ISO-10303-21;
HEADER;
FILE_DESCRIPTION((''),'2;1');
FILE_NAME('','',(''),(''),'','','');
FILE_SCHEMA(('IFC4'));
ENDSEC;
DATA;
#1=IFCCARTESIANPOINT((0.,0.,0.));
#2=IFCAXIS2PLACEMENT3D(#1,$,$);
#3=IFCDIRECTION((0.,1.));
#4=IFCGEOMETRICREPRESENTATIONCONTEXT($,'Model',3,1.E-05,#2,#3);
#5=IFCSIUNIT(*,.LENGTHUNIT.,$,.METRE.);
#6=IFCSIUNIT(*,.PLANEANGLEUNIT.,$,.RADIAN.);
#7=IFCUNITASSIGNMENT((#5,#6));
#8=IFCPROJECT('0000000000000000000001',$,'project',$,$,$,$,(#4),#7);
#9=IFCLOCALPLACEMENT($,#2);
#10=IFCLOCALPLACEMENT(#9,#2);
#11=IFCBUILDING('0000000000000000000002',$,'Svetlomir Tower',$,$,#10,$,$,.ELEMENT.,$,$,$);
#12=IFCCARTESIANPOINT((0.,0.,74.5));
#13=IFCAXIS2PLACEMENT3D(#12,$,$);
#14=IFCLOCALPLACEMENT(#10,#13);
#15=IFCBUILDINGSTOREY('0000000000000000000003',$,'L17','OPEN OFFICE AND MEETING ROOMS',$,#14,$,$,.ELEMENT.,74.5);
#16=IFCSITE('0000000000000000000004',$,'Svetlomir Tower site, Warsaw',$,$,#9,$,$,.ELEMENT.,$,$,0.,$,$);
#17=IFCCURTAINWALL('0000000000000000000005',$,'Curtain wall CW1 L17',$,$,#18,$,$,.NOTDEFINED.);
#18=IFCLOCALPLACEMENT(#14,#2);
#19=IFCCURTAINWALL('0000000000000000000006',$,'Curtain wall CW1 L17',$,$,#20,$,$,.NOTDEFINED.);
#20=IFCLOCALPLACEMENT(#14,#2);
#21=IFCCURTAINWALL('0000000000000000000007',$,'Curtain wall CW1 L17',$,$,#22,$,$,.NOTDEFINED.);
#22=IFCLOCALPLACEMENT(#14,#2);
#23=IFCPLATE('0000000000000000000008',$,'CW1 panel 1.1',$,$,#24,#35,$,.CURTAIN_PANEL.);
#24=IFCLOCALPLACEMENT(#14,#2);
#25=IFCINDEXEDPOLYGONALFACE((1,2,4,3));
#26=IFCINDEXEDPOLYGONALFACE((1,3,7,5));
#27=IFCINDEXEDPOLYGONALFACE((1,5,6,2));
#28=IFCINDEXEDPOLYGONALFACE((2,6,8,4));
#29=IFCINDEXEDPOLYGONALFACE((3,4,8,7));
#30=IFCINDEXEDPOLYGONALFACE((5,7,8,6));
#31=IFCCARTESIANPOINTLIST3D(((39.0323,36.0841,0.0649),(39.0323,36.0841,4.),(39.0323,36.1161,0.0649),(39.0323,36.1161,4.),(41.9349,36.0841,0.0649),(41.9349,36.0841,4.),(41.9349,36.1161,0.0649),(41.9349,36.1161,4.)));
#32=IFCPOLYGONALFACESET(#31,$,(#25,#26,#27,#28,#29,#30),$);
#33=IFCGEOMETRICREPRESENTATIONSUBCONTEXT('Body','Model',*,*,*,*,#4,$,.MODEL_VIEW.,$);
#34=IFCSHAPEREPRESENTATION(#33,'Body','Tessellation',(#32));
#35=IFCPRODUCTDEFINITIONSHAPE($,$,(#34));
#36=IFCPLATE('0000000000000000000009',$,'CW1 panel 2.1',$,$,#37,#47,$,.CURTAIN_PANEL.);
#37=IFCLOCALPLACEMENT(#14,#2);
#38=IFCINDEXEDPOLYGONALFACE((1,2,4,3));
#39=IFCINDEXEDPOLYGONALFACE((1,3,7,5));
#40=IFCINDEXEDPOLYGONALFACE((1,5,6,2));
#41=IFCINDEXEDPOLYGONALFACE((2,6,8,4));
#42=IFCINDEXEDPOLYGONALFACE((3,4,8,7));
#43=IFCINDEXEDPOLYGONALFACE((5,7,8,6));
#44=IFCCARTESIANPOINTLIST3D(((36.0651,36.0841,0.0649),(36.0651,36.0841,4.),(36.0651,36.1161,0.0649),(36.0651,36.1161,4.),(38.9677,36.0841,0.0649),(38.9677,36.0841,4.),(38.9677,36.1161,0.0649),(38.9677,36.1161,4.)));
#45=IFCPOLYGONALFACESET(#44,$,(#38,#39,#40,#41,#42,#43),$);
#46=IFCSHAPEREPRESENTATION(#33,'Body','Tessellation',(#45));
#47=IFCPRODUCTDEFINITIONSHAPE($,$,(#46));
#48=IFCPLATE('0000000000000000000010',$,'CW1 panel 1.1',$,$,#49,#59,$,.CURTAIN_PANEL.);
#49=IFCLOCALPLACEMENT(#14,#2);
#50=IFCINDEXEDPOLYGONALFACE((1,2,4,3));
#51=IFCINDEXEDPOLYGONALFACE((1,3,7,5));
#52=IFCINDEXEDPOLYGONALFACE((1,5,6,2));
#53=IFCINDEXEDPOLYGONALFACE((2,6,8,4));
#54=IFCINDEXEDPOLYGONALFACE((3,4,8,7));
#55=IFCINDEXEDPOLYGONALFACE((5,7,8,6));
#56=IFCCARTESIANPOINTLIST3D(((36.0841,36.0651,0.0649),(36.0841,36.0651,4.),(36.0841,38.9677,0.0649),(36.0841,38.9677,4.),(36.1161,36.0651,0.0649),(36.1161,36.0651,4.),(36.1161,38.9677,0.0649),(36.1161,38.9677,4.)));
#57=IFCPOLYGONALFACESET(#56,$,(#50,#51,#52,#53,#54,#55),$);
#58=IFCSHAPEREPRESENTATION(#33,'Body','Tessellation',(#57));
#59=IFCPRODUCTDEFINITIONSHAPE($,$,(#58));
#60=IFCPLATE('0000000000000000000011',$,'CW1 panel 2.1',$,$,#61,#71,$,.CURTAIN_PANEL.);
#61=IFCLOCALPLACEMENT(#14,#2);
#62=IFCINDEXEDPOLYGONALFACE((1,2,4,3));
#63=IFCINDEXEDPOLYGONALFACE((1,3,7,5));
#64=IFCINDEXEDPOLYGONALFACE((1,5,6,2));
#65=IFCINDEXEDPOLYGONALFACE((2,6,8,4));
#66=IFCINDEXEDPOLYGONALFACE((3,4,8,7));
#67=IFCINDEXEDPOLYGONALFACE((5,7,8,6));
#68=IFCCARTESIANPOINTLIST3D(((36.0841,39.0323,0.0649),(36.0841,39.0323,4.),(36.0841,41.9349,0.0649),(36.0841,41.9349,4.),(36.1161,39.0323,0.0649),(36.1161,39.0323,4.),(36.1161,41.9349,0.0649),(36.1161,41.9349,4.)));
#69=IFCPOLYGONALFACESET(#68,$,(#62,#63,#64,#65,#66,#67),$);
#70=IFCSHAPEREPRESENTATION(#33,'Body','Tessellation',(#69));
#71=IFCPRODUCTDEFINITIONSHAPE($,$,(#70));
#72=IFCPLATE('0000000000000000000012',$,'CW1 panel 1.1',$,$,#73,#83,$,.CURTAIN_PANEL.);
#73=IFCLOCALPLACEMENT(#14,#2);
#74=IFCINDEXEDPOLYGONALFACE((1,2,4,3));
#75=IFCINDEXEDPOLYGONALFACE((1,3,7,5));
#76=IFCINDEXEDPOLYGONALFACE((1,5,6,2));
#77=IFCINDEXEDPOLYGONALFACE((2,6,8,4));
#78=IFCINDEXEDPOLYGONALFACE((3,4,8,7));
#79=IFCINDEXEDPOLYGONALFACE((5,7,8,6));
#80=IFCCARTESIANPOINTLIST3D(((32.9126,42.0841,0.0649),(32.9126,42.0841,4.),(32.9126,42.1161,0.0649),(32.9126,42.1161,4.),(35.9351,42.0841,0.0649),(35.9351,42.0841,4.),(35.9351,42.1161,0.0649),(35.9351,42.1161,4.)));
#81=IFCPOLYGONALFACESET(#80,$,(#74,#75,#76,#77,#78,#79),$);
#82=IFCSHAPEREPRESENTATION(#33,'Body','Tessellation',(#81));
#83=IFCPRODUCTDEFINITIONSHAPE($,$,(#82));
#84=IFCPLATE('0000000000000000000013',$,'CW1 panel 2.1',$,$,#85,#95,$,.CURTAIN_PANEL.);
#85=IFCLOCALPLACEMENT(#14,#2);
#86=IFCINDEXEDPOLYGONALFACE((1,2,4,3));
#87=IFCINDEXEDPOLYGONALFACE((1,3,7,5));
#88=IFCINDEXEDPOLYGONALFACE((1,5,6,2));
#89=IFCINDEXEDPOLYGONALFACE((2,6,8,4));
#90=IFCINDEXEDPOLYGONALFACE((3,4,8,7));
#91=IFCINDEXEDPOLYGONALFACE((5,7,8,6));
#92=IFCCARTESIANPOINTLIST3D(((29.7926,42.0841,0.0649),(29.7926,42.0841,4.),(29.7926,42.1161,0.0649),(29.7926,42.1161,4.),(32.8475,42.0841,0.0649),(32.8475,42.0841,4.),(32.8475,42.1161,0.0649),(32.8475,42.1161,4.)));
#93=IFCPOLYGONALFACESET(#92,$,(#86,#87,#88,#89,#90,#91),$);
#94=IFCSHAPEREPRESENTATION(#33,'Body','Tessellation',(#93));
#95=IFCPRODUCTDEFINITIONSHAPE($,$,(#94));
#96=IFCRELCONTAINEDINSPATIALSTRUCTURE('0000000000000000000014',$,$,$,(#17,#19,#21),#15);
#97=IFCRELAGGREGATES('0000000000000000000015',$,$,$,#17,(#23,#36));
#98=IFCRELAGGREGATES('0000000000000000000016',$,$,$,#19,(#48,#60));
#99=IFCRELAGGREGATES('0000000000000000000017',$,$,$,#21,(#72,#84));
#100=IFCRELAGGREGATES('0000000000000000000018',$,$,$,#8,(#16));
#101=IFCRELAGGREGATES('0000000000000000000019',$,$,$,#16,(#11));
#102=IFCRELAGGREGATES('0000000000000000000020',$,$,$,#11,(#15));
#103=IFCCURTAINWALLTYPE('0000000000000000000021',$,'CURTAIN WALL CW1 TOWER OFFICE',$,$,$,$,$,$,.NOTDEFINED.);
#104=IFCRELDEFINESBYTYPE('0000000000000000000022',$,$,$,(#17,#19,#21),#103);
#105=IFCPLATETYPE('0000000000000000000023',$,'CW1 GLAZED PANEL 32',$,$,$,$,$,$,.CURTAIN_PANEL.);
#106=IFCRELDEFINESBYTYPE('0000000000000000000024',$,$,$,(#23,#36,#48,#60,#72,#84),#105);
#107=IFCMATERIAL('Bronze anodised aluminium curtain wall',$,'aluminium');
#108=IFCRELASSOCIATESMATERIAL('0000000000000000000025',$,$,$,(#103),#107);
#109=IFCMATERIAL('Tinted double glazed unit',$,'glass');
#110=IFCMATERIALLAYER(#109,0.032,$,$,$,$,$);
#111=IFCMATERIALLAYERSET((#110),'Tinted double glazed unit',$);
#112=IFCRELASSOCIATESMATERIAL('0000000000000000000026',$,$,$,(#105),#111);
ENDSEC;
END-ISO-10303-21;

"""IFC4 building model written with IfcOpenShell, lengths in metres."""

from ifc_helpers import new_model, si_unit, direction, frame, origin, origin_2d, place, context, subcontext, project, spatial, rectangle, extrude, material, layer, layer_set, type_object, element, aggregate, save


model = new_model("IFC4")

# Units and contexts
model_context = context("Model", 3, precision=1e-05, world=origin(), true_north=direction((0.0, 1.0)))
body_context = subcontext(model_context, "Body", "Model", "MODEL_VIEW")
ifc_project = project(units=[si_unit("LENGTHUNIT", "METRE"), si_unit("PLANEANGLEUNIT", "RADIAN")], contexts=[model_context])

# Site, building, storey
site_placement = place(None, origin())
site = spatial("IfcSite", under=ifc_project, at=site_placement, Name="Svetlomir Tower site, Warsaw", CompositionType="ELEMENT", RefElevation=0.0)
building_placement = place(site_placement, origin())
building = spatial("IfcBuilding", under=site, at=building_placement, Name="Svetlomir Tower", CompositionType="ELEMENT")
storey_placement = place(building_placement, frame((0.0, 0.0, 74.5)))
storey = spatial("IfcBuildingStorey", under=building, at=storey_placement, Name="L17", Description="OPEN OFFICE AND MEETING ROOMS", CompositionType="ELEMENT", Elevation=74.5)

# Curtain walls
ifc_material_1 = material(Name="Bronze anodised aluminium curtain wall", Category="aluminium")
curtain_wall_type = type_object("IfcCurtainWallType", Name="CURTAIN WALL CW1 TOWER OFFICE", PredefinedType="NOTDEFINED", material=ifc_material_1)
curtain_wall_1_placement = place(storey_placement, origin())
curtain_wall_1 = element("IfcCurtainWall", 1, at=curtain_wall_1_placement, inside=storey, type_object=curtain_wall_type, Name="Curtain wall CW1 L17", PredefinedType="NOTDEFINED")
curtain_wall_2_placement = place(storey_placement, origin())
curtain_wall_2 = element("IfcCurtainWall", 2, at=curtain_wall_2_placement, inside=storey, type_object=curtain_wall_type, Name="Curtain wall CW1 L17", PredefinedType="NOTDEFINED")
curtain_wall_3_placement = place(storey_placement, origin())
curtain_wall_3 = element("IfcCurtainWall", 3, at=curtain_wall_3_placement, inside=storey, type_object=curtain_wall_type, Name="Curtain wall CW1 L17", PredefinedType="NOTDEFINED")

# Plates
ifc_material_2 = material(Name="Tinted double glazed unit", Category="glass")
ifc_layer = layer(ifc_material_2, 0.032)
ifc_layer_set = layer_set([ifc_layer], Name="Tinted double glazed unit")
plate_type = type_object("IfcPlateType", Name="CW1 GLAZED PANEL 32", PredefinedType="CURTAIN_PANEL", material=ifc_layer_set)
plate_1_placement = place(storey_placement, frame((40.4836, 36.1001, 0.0649), z_axis=(0.0, 0.0, 1.0), x_axis=(-1.0, 0.0, 0.0)))
plate_1 = element("IfcPlate", 4, at=plate_1_placement, type_object=plate_type, Name="CW1 panel 1.1", PredefinedType="CURTAIN_PANEL", context=body_context, shape_type="SweptSolid", body=[
    extrude(rectangle(XDim=2.9026, YDim=0.032, at=origin_2d()), origin(), (0.0, 0.0, 1.0), 3.9351),
])
plate_2_placement = place(storey_placement, frame((37.5164, 36.1001, 0.0649), z_axis=(0.0, 0.0, 1.0), x_axis=(-1.0, 0.0, 0.0)))
plate_2 = element("IfcPlate", 5, at=plate_2_placement, type_object=plate_type, Name="CW1 panel 2.1", PredefinedType="CURTAIN_PANEL", context=body_context, shape_type="SweptSolid", body=[
    extrude(rectangle(XDim=2.9026, YDim=0.032, at=origin_2d()), origin(), (0.0, 0.0, 1.0), 3.9351),
])
aggregate(curtain_wall_1, [plate_1, plate_2])
plate_3_placement = place(storey_placement, frame((36.1001, 37.5164, 0.0649), z_axis=(0.0, 0.0, 1.0), x_axis=(0.0, 1.0, 0.0)))
plate_3 = element("IfcPlate", 6, at=plate_3_placement, type_object=plate_type, Name="CW1 panel 1.1", PredefinedType="CURTAIN_PANEL", context=body_context, shape_type="SweptSolid", body=[
    extrude(rectangle(XDim=2.9026, YDim=0.032, at=origin_2d()), origin(), (0.0, 0.0, 1.0), 3.9351),
])
plate_4_placement = place(storey_placement, frame((36.1001, 40.4836, 0.0649), z_axis=(0.0, 0.0, 1.0), x_axis=(0.0, 1.0, 0.0)))
plate_4 = element("IfcPlate", 7, at=plate_4_placement, type_object=plate_type, Name="CW1 panel 2.1", PredefinedType="CURTAIN_PANEL", context=body_context, shape_type="SweptSolid", body=[
    extrude(rectangle(XDim=2.9026, YDim=0.032, at=origin_2d()), origin(), (0.0, 0.0, 1.0), 3.9351),
])
aggregate(curtain_wall_2, [plate_3, plate_4])
plate_5_placement = place(storey_placement, frame((34.4238, 42.1001, 0.0649), z_axis=(0.0, 0.0, 1.0), x_axis=(-1.0, 0.0, 0.0)))
plate_5 = element("IfcPlate", 8, at=plate_5_placement, type_object=plate_type, Name="CW1 panel 1.1", PredefinedType="CURTAIN_PANEL", context=body_context, shape_type="SweptSolid", body=[
    extrude(rectangle(XDim=3.0225, YDim=0.032, at=origin_2d()), origin(), (0.0, 0.0, 1.0), 3.9351),
])
plate_6_placement = place(storey_placement, frame((31.3201, 42.1001, 0.0649), z_axis=(0.0, 0.0, 1.0), x_axis=(-1.0, 0.0, 0.0)))
plate_6 = element("IfcPlate", 9, at=plate_6_placement, type_object=plate_type, Name="CW1 panel 2.1", PredefinedType="CURTAIN_PANEL", context=body_context, shape_type="SweptSolid", body=[
    extrude(rectangle(XDim=3.0549, YDim=0.032, at=origin_2d()), origin(), (0.0, 0.0, 1.0), 3.9351),
])
aggregate(curtain_wall_3, [plate_5, plate_6])

save(model, "model.ifc")
